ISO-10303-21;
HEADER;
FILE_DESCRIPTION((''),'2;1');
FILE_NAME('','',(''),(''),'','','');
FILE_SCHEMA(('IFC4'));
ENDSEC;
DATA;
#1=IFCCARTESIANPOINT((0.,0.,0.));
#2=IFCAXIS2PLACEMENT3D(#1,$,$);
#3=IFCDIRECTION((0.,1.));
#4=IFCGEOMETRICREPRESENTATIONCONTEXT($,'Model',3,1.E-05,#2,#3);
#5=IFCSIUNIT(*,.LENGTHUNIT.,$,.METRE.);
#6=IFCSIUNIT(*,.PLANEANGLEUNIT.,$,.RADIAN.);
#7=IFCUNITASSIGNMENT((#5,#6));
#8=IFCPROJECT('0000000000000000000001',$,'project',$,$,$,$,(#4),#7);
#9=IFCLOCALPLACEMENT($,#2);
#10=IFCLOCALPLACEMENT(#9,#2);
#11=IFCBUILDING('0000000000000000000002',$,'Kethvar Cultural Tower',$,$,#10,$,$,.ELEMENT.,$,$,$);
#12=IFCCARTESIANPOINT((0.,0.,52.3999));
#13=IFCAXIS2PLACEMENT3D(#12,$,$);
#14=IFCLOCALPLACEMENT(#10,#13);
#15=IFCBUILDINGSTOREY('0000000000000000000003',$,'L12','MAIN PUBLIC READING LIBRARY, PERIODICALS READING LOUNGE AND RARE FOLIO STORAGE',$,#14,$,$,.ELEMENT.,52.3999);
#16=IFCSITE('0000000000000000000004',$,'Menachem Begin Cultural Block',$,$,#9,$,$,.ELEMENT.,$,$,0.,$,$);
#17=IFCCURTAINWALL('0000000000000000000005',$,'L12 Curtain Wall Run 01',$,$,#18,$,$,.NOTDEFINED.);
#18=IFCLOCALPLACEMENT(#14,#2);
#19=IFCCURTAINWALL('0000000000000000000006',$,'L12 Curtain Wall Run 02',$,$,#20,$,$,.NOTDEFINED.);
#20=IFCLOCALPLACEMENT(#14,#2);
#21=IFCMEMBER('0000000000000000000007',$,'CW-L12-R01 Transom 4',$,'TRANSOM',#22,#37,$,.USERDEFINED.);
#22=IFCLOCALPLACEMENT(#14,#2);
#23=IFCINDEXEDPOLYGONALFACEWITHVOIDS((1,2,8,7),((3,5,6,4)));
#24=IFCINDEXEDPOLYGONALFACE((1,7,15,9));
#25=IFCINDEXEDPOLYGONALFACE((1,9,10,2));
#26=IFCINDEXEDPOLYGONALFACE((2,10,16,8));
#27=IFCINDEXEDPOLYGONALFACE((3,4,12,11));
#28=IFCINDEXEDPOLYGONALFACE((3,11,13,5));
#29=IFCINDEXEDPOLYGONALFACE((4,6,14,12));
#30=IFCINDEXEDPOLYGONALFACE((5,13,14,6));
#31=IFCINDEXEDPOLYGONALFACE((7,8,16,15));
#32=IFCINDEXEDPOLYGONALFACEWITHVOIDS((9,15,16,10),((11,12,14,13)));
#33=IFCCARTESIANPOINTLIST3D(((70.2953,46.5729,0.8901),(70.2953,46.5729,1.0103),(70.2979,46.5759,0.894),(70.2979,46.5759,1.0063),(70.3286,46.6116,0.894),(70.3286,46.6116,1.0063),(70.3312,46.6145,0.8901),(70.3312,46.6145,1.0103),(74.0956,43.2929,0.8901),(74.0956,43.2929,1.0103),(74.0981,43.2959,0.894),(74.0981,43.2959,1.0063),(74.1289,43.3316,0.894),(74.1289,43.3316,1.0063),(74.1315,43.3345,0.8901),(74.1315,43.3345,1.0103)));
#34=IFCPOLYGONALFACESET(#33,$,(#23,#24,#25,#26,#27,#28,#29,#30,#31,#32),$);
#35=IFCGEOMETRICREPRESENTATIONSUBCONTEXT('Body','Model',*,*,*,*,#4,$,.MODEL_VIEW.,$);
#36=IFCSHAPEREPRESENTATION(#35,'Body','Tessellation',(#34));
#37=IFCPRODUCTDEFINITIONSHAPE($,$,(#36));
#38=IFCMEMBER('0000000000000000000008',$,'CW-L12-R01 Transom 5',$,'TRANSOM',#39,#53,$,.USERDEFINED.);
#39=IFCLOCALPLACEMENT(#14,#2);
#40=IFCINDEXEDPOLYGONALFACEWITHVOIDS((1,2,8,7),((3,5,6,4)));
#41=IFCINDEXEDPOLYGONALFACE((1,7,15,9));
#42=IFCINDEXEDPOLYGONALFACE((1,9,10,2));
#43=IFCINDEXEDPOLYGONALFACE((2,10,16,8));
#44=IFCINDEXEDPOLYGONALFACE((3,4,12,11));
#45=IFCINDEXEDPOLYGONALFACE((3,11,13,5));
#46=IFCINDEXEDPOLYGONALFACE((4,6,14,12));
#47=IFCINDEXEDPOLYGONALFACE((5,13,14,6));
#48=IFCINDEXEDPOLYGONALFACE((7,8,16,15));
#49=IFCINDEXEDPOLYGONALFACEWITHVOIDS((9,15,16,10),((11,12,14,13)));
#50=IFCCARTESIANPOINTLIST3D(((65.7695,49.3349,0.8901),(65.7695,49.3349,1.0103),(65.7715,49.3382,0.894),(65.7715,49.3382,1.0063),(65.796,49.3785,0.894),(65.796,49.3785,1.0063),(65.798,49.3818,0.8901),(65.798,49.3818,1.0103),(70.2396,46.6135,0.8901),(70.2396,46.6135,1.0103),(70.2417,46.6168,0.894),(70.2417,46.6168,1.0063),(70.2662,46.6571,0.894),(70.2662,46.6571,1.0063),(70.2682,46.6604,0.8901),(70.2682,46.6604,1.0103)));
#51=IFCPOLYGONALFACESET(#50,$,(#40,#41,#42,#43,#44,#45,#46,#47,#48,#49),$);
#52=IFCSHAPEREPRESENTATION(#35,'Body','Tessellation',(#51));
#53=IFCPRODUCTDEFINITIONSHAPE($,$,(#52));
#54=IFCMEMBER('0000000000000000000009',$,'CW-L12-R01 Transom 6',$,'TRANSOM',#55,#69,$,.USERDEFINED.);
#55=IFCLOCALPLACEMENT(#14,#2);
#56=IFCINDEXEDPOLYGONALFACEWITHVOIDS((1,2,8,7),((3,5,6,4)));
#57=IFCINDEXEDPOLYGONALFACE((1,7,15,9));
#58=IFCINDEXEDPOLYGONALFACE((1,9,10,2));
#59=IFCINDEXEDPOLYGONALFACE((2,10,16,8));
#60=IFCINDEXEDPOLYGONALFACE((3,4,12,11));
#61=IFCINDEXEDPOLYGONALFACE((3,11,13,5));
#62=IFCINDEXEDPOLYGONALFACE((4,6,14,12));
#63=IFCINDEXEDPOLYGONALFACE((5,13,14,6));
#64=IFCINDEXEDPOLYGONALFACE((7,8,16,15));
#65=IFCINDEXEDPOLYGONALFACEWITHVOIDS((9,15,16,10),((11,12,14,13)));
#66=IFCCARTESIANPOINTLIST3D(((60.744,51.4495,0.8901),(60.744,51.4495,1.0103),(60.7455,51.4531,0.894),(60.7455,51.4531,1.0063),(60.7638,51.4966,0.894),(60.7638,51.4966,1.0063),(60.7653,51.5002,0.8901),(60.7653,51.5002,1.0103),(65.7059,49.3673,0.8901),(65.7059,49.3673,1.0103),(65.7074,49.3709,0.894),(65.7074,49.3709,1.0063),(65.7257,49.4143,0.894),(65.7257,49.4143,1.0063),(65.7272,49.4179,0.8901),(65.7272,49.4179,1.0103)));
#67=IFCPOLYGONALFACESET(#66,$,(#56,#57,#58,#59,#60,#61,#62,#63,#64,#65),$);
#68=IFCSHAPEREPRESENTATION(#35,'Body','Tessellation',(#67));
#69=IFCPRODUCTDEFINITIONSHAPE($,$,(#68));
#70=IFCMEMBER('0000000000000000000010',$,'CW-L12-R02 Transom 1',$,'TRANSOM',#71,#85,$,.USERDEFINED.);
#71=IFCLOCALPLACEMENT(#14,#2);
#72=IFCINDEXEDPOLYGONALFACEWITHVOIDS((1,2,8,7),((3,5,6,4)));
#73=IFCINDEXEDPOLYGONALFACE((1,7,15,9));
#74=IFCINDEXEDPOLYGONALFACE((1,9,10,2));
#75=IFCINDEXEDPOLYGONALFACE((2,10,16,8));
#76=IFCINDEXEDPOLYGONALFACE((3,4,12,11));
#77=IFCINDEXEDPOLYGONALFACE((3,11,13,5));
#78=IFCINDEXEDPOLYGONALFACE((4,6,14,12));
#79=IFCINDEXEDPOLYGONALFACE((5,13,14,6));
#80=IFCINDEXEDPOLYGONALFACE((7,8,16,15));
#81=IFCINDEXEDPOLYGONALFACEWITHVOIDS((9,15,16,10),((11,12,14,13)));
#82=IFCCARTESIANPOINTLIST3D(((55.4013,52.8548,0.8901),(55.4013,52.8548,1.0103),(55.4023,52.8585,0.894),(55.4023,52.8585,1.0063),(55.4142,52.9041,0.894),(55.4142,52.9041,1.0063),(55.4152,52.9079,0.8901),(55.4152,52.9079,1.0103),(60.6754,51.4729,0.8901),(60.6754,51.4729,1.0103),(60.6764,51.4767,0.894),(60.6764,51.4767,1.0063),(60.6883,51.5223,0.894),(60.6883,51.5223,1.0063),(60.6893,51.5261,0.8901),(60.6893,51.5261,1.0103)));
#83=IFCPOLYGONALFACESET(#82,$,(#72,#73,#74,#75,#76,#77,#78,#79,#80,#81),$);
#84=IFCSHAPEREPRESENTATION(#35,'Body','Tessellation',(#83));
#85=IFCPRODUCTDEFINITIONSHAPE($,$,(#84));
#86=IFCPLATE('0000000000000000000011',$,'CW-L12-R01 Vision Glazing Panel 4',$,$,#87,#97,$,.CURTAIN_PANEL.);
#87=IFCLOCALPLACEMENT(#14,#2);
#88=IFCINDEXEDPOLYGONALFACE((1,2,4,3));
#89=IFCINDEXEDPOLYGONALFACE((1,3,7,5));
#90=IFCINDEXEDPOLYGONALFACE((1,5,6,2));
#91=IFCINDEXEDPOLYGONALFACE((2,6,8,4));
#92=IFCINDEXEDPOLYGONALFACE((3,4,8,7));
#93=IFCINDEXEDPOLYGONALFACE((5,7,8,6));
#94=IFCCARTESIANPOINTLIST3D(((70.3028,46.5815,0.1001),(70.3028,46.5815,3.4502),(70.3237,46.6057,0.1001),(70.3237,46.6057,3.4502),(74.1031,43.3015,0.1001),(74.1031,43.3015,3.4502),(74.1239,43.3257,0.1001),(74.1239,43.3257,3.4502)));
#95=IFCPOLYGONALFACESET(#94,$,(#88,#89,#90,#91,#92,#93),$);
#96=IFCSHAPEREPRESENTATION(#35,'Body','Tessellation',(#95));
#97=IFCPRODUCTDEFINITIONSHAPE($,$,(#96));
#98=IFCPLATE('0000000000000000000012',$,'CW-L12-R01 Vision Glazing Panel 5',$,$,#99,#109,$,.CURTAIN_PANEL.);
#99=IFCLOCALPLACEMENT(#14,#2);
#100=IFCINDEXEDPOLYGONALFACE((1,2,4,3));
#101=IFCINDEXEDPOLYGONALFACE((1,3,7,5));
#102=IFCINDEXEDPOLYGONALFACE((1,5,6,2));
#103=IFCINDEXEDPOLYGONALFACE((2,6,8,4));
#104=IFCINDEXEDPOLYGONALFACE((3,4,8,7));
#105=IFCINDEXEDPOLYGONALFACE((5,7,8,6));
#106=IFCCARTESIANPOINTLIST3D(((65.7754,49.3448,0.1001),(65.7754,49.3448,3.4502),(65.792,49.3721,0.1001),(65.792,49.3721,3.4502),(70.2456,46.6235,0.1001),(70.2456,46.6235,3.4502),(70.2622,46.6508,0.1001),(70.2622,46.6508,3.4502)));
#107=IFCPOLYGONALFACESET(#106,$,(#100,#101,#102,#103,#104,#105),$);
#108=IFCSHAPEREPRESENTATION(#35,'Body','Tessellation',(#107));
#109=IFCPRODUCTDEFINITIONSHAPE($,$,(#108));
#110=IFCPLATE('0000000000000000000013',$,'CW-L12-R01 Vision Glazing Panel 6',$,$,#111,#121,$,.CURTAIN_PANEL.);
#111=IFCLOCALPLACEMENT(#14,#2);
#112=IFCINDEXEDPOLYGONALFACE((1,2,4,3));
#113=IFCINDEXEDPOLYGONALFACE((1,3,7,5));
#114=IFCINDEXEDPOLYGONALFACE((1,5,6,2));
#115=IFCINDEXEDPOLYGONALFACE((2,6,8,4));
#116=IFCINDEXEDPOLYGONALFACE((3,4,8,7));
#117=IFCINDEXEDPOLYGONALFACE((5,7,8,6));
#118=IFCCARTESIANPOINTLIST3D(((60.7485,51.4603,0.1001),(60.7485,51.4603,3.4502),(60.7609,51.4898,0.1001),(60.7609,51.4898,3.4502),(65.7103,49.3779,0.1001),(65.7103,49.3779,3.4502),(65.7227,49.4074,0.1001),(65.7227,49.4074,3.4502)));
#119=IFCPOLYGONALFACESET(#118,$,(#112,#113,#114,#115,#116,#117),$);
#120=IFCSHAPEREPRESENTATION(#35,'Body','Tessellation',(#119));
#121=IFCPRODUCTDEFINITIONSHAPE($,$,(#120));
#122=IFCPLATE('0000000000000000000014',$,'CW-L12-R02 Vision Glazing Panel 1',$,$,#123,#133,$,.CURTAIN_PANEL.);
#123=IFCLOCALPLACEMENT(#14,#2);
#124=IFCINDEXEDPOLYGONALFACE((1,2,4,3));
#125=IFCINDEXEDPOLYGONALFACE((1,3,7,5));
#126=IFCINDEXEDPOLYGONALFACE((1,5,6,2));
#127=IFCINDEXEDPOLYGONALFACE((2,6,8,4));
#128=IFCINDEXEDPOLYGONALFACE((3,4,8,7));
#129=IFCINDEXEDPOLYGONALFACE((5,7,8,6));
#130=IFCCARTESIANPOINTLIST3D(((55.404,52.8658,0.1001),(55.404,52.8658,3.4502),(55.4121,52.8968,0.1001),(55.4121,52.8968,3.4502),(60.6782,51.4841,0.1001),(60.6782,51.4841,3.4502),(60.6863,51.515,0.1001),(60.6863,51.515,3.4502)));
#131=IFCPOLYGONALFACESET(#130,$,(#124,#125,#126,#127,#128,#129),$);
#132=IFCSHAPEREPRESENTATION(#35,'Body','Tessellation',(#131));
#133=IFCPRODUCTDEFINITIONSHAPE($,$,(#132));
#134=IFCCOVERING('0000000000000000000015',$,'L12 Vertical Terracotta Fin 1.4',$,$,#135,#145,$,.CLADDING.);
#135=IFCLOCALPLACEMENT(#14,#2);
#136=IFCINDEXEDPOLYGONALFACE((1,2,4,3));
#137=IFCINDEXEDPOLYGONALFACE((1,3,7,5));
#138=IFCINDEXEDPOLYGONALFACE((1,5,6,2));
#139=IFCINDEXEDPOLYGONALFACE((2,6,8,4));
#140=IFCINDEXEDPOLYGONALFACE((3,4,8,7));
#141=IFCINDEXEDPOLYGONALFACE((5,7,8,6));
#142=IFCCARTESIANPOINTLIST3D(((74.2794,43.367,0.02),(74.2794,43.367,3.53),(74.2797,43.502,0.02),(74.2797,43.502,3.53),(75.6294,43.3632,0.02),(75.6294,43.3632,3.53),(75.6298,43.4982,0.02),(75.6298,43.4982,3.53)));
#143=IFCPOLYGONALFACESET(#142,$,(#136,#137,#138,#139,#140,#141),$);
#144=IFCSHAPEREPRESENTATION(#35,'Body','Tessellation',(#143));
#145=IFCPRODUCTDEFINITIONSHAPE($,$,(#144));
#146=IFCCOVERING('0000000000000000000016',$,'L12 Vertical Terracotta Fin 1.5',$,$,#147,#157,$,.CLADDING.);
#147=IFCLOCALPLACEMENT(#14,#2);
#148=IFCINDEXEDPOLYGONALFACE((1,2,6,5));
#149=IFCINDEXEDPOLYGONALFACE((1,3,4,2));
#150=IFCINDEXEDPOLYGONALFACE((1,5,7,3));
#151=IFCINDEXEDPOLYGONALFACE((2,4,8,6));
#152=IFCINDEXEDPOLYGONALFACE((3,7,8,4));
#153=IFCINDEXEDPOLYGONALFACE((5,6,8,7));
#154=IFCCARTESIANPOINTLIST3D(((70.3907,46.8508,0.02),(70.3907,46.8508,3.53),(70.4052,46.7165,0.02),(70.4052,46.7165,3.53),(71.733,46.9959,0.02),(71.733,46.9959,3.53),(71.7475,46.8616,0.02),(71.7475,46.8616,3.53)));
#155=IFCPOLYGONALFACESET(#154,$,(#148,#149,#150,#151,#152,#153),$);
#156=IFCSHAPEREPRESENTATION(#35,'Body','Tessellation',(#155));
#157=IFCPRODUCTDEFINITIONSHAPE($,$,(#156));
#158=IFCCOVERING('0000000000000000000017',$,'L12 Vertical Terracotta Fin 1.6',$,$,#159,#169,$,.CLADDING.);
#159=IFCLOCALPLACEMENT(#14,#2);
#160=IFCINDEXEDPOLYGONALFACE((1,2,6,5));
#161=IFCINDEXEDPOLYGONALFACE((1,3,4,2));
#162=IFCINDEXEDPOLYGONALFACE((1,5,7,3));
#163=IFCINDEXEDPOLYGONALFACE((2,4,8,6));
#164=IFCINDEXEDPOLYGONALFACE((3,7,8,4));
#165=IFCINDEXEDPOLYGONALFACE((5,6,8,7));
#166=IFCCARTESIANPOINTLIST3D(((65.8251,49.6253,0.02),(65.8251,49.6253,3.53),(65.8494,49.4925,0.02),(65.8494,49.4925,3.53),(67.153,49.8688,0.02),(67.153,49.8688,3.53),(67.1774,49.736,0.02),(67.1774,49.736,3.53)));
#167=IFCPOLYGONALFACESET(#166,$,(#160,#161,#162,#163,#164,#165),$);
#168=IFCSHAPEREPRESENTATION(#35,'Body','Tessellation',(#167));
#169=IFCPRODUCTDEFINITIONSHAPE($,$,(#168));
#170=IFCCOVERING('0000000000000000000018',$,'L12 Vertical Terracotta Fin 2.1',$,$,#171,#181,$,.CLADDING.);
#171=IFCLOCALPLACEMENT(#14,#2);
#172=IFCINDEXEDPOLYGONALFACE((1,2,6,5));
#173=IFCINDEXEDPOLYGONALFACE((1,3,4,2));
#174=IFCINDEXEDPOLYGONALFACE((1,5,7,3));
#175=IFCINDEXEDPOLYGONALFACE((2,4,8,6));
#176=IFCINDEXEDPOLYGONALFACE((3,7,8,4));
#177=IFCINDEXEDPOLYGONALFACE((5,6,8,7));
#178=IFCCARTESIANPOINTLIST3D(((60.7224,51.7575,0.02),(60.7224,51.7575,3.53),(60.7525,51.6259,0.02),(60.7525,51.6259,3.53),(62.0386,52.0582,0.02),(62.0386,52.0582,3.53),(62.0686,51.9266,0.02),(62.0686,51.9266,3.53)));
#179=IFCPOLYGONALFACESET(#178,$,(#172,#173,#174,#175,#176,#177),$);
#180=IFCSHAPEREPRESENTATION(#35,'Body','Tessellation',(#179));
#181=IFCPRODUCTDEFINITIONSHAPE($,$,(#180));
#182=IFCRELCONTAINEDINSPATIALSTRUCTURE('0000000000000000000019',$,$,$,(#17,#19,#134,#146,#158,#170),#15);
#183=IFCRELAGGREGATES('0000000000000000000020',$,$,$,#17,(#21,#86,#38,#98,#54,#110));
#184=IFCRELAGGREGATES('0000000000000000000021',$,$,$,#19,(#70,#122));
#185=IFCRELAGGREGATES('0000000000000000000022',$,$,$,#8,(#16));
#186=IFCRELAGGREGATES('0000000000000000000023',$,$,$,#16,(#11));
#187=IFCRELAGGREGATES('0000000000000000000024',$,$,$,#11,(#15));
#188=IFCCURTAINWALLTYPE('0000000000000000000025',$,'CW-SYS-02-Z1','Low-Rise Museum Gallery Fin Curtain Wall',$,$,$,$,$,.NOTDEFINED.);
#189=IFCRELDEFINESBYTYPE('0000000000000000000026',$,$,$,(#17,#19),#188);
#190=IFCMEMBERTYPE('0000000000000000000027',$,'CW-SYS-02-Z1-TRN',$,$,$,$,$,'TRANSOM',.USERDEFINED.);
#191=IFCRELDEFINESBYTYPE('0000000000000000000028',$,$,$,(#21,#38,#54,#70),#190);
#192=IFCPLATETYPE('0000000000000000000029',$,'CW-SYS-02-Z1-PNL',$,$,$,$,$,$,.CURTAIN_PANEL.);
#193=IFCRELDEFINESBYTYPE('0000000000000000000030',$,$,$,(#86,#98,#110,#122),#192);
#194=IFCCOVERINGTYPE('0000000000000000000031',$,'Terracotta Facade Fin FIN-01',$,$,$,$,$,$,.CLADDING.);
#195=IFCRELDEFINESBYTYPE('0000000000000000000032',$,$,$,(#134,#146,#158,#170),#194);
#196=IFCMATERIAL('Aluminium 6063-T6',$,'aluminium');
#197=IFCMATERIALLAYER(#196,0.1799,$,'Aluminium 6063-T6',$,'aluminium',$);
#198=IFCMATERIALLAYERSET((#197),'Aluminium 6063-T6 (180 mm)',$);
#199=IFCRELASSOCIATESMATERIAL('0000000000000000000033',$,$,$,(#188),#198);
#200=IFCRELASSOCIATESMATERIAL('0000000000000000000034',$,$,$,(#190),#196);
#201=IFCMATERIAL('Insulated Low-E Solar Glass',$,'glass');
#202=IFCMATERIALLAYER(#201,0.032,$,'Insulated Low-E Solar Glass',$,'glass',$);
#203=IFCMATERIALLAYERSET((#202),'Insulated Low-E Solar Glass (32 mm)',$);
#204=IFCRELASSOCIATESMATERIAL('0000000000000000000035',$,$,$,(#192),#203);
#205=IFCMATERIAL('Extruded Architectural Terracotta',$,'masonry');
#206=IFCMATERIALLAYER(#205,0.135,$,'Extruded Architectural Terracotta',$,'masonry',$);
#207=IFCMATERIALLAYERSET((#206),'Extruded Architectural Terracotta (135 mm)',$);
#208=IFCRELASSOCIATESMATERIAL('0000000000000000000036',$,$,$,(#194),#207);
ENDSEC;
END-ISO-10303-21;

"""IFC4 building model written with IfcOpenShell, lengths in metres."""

from ifc_helpers import new_model, si_unit, direction, frame, origin, origin_2d, place, context, subcontext, project, spatial, rectangle, hollow_rectangle, extrude, source, transform, mapped, material, layer, layer_set, material_profile, profile_set, type_object, element, aggregate, save


model = new_model("IFC4")

# Units and contexts
model_context = context("Model", 3, precision=1e-05, world=origin(), true_north=direction((0.0, 1.0)))
body_context = subcontext(model_context, "Body", "Model", "MODEL_VIEW")
ifc_project = project(units=[si_unit("LENGTHUNIT", "METRE"), si_unit("PLANEANGLEUNIT", "RADIAN")], contexts=[model_context])

# Site, building, storey
site_placement = place(None, origin())
site = spatial("IfcSite", under=ifc_project, at=site_placement, Name="Menachem Begin Cultural Block", CompositionType="ELEMENT", RefElevation=0.0)
building_placement = place(site_placement, origin())
building = spatial("IfcBuilding", under=site, at=building_placement, Name="Kethvar Cultural Tower", CompositionType="ELEMENT")
storey_placement = place(building_placement, frame((0.0, 0.0, 52.3999)))
storey = spatial("IfcBuildingStorey", under=building, at=storey_placement, Name="L12", Description="MAIN PUBLIC READING LIBRARY, PERIODICALS READING LOUNGE AND RARE FOLIO STORAGE", CompositionType="ELEMENT", Elevation=52.3999)

# Curtain wall
ifc_material_1 = material(Name="Aluminium 6063-T6", Category="aluminium")
ifc_layer_1 = layer(ifc_material_1, 0.1799, Name="Aluminium 6063-T6", Category="aluminium")
ifc_layer_set_1 = layer_set([ifc_layer_1], Name="Aluminium 6063-T6 (180 mm)")
curtain_wall_type = type_object("IfcCurtainWallType", Name="CW-SYS-02-Z1", Description="Low-Rise Museum Gallery Fin Curtain Wall", PredefinedType="NOTDEFINED", material=ifc_layer_set_1)
curtain_wall_1_placement = place(storey_placement, origin())
curtain_wall_1 = element("IfcCurtainWall", 1, at=curtain_wall_1_placement, inside=storey, type_object=curtain_wall_type, Name="L12 Curtain Wall Run 01", PredefinedType="NOTDEFINED")

# Curtain wall
curtain_wall_2_placement = place(storey_placement, origin())
curtain_wall_2 = element("IfcCurtainWall", 2, at=curtain_wall_2_placement, inside=storey, type_object=curtain_wall_type, Name="L12 Curtain Wall Run 02", PredefinedType="NOTDEFINED")

# Members
ifc_material_profile_1 = material_profile(ifc_material_1, hollow_rectangle(XDim=0.0549, YDim=0.1201, WallThickness=0.0039, at=origin_2d()), Name="Aluminium 6063-T6 — RHS120x55x4")
ifc_profile_set_1 = profile_set([ifc_material_profile_1], Name="Aluminium 6063-T6 — RHS120x55x4")
member_type_1 = type_object("IfcMemberType", Name="CW-SYS-02-Z1-TRN", ElementType="TRANSOM", PredefinedType="USERDEFINED", material=ifc_profile_set_1)
shared_shape_1 = source(origin(), body_context, "Body", "SweptSolid", [
    extrude(hollow_rectangle(XDim=0.0549, YDim=0.1201, WallThickness=0.0039, at=origin_2d()), origin(), (0.0, 0.0, 1.0), 5.02),
])
member_1_placement = place(storey_placement, frame((74.1135, 43.3137, 0.9502), z_axis=(-0.757024, 0.653387, 0.0), x_axis=(-0.653387, -0.757024, 0.0)))
member_1 = element("IfcMember", 3, at=member_1_placement, type_object=member_type_1, Name="CW-L12-R01 Transom 4", ObjectType="TRANSOM", PredefinedType="USERDEFINED", context=body_context, shape_type="MappedRepresentation", body=[
    mapped(shared_shape_1, transform((0.0, 0.0, 0.0), scale=1.0)),
])
shared_shape_2 = source(origin(), body_context, "Body", "SweptSolid", [
    extrude(hollow_rectangle(XDim=0.0549, YDim=0.1201, WallThickness=0.0039, at=origin_2d()), origin(), (0.0, 0.0, 1.0), 5.2334),
])
member_2_placement = place(storey_placement, frame((70.2539, 46.637, 0.9502), z_axis=(-0.854162, 0.520008, 0.0), x_axis=(-0.520008, -0.854162, 0.0)))
member_2 = element("IfcMember", 4, at=member_2_placement, type_object=member_type_1, Name="CW-L12-R01 Transom 5", ObjectType="TRANSOM", PredefinedType="USERDEFINED", context=body_context, shape_type="MappedRepresentation", body=[
    mapped(shared_shape_2, transform((0.0, 0.0, 0.0), scale=1.0)),
])
shared_shape_3 = source(origin(), body_context, "Body", "SweptSolid", [
    extrude(hollow_rectangle(XDim=0.0549, YDim=0.1201, WallThickness=0.0039, at=origin_2d()), origin(), (0.0, 0.0, 1.0), 5.3811),
])
member_3_placement = place(storey_placement, frame((65.7166, 49.3926, 0.9502), z_axis=(-0.922097, 0.386959, 0.0), x_axis=(-0.386959, -0.922097, 0.0)))
member_3 = element("IfcMember", 5, at=member_3_placement, type_object=member_type_1, Name="CW-L12-R01 Transom 6", ObjectType="TRANSOM", PredefinedType="USERDEFINED", context=body_context, shape_type="MappedRepresentation", body=[
    mapped(shared_shape_3, transform((0.0, 0.0, 0.0), scale=1.0)),
])
shared_shape_4 = source(origin(), body_context, "Body", "SweptSolid", [
    extrude(hollow_rectangle(XDim=0.0549, YDim=0.1201, WallThickness=0.0039, at=origin_2d()), origin(), (0.0, 0.0, 1.0), 5.4521),
])
member_4_placement = place(storey_placement, frame((60.6824, 51.4995, 0.9502), z_axis=(-0.967349, 0.253446, 0.0), x_axis=(-0.253446, -0.967349, 0.0)))
member_4 = element("IfcMember", 6, at=member_4_placement, type_object=member_type_1, Name="CW-L12-R02 Transom 1", ObjectType="TRANSOM", PredefinedType="USERDEFINED", context=body_context, shape_type="MappedRepresentation", body=[
    mapped(shared_shape_4, transform((0.0, 0.0, 0.0), scale=1.0)),
])

# Plates
ifc_material_2 = material(Name="Insulated Low-E Solar Glass", Category="glass")
ifc_layer_2 = layer(ifc_material_2, 0.032, Name="Insulated Low-E Solar Glass", Category="glass")
ifc_layer_set_2 = layer_set([ifc_layer_2], Name="Insulated Low-E Solar Glass (32 mm)")
plate_type = type_object("IfcPlateType", Name="CW-SYS-02-Z1-PNL", PredefinedType="CURTAIN_PANEL", material=ifc_layer_set_2)
shared_shape_5 = source(origin(), body_context, "Body", "SweptSolid", [
    extrude(rectangle(XDim=5.02, YDim=0.032, at=origin_2d()), origin(), (0.0, 0.0, 1.0), 3.3501),
])
plate_1_placement = place(storey_placement, frame((72.2134, 44.9536, 0.1001), z_axis=(0.0, 0.0, 1.0), x_axis=(-0.757018, 0.653394, 0.0)))
plate_1 = element("IfcPlate", 7, at=plate_1_placement, type_object=plate_type, Name="CW-L12-R01 Vision Glazing Panel 4", PredefinedType="CURTAIN_PANEL", context=body_context, shape_type="MappedRepresentation", body=[
    mapped(shared_shape_5, transform((0.0, 0.0, 0.0), scale=1.0)),
])
shared_shape_6 = source(origin(), body_context, "Body", "SweptSolid", [
    extrude(rectangle(XDim=5.2334, YDim=0.032, at=origin_2d()), origin(), (0.0, 0.0, 1.0), 3.3501),
])
plate_2_placement = place(storey_placement, frame((68.0188, 47.9978, 0.1001), z_axis=(0.0, 0.0, 1.0), x_axis=(-0.854178, 0.519981, 0.0)))
plate_2 = element("IfcPlate", 8, at=plate_2_placement, type_object=plate_type, Name="CW-L12-R01 Vision Glazing Panel 5", PredefinedType="CURTAIN_PANEL", context=body_context, shape_type="MappedRepresentation", body=[
    mapped(shared_shape_6, transform((0.0, 0.0, 0.0), scale=1.0)),
])
shared_shape_7 = source(origin(), body_context, "Body", "SweptSolid", [
    extrude(rectangle(XDim=5.3811, YDim=0.032, at=origin_2d()), origin(), (0.0, 0.0, 1.0), 3.3501),
])
plate_3_placement = place(storey_placement, frame((63.2356, 50.4338, 0.1001), z_axis=(0.0, 0.0, 1.0), x_axis=(-0.922086, 0.386985, 0.0)))
plate_3 = element("IfcPlate", 9, at=plate_3_placement, type_object=plate_type, Name="CW-L12-R01 Vision Glazing Panel 6", PredefinedType="CURTAIN_PANEL", context=body_context, shape_type="MappedRepresentation", body=[
    mapped(shared_shape_7, transform((0.0, 0.0, 0.0), scale=1.0)),
])
aggregate(curtain_wall_1, [member_1, plate_1, member_2, plate_2, member_3, plate_3])
shared_shape_8 = source(origin(), body_context, "Body", "SweptSolid", [
    extrude(rectangle(XDim=5.4521, YDim=0.032, at=origin_2d()), origin(), (0.0, 0.0, 1.0), 3.3501),
])
plate_4_placement = place(storey_placement, frame((58.0452, 52.1904, 0.1001), z_axis=(0.0, 0.0, 1.0), x_axis=(-0.967352, 0.253437, 0.0)))
plate_4 = element("IfcPlate", 10, at=plate_4_placement, type_object=plate_type, Name="CW-L12-R02 Vision Glazing Panel 1", PredefinedType="CURTAIN_PANEL", context=body_context, shape_type="MappedRepresentation", body=[
    mapped(shared_shape_8, transform((0.0, 0.0, 0.0), scale=1.0)),
])
aggregate(curtain_wall_2, [member_4, plate_4])

# Coverings
ifc_material_3 = material(Name="Extruded Architectural Terracotta", Category="masonry")
ifc_layer_3 = layer(ifc_material_3, 0.135, Name="Extruded Architectural Terracotta", Category="masonry")
ifc_layer_set_3 = layer_set([ifc_layer_3], Name="Extruded Architectural Terracotta (135 mm)")
covering_type = type_object("IfcCoveringType", Name="Terracotta Facade Fin FIN-01", PredefinedType="CLADDING", material=ifc_layer_set_3)
shared_shape_9 = source(origin(), body_context, "Body", "SweptSolid", [
    extrude(rectangle(XDim=1.3501, YDim=0.135, at=origin_2d()), origin(), (0.0, 0.0, 1.0), 3.51),
])
for number, where, z_axis, x_axis, name in (
    (11, (74.9546, 43.4326, 0.02), (0.0, 0.0, 1.0), (0.999996, -0.002793, 0.0), "L12 Vertical Terracotta Fin 1.4"),
    (12, (71.0691, 46.8562, 0.02), (0.0, 0.0, 1.0), (0.994207, 0.107479, 0.0), "L12 Vertical Terracotta Fin 1.5"),
    (13, (66.5012, 49.6807, 0.02), (0.0, 0.0, 1.0), (0.983603, 0.180347, 0.0), "L12 Vertical Terracotta Fin 1.6"),
    (14, (61.3955, 51.842, 0.02), (0.0, 0.0, 1.0), (0.974878, 0.22274, 0.0), "L12 Vertical Terracotta Fin 2.1"),
):
    element("IfcCovering", number, at=place(storey_placement, frame(where, z_axis=z_axis, x_axis=x_axis)), inside=storey, type_object=covering_type, Name=name, PredefinedType="CLADDING", context=body_context, shape_type="MappedRepresentation", body=[
        mapped(shared_shape_9, transform((0.0, 0.0, 0.0), scale=1.0)),
    ])

save(model, "model.ifc")
